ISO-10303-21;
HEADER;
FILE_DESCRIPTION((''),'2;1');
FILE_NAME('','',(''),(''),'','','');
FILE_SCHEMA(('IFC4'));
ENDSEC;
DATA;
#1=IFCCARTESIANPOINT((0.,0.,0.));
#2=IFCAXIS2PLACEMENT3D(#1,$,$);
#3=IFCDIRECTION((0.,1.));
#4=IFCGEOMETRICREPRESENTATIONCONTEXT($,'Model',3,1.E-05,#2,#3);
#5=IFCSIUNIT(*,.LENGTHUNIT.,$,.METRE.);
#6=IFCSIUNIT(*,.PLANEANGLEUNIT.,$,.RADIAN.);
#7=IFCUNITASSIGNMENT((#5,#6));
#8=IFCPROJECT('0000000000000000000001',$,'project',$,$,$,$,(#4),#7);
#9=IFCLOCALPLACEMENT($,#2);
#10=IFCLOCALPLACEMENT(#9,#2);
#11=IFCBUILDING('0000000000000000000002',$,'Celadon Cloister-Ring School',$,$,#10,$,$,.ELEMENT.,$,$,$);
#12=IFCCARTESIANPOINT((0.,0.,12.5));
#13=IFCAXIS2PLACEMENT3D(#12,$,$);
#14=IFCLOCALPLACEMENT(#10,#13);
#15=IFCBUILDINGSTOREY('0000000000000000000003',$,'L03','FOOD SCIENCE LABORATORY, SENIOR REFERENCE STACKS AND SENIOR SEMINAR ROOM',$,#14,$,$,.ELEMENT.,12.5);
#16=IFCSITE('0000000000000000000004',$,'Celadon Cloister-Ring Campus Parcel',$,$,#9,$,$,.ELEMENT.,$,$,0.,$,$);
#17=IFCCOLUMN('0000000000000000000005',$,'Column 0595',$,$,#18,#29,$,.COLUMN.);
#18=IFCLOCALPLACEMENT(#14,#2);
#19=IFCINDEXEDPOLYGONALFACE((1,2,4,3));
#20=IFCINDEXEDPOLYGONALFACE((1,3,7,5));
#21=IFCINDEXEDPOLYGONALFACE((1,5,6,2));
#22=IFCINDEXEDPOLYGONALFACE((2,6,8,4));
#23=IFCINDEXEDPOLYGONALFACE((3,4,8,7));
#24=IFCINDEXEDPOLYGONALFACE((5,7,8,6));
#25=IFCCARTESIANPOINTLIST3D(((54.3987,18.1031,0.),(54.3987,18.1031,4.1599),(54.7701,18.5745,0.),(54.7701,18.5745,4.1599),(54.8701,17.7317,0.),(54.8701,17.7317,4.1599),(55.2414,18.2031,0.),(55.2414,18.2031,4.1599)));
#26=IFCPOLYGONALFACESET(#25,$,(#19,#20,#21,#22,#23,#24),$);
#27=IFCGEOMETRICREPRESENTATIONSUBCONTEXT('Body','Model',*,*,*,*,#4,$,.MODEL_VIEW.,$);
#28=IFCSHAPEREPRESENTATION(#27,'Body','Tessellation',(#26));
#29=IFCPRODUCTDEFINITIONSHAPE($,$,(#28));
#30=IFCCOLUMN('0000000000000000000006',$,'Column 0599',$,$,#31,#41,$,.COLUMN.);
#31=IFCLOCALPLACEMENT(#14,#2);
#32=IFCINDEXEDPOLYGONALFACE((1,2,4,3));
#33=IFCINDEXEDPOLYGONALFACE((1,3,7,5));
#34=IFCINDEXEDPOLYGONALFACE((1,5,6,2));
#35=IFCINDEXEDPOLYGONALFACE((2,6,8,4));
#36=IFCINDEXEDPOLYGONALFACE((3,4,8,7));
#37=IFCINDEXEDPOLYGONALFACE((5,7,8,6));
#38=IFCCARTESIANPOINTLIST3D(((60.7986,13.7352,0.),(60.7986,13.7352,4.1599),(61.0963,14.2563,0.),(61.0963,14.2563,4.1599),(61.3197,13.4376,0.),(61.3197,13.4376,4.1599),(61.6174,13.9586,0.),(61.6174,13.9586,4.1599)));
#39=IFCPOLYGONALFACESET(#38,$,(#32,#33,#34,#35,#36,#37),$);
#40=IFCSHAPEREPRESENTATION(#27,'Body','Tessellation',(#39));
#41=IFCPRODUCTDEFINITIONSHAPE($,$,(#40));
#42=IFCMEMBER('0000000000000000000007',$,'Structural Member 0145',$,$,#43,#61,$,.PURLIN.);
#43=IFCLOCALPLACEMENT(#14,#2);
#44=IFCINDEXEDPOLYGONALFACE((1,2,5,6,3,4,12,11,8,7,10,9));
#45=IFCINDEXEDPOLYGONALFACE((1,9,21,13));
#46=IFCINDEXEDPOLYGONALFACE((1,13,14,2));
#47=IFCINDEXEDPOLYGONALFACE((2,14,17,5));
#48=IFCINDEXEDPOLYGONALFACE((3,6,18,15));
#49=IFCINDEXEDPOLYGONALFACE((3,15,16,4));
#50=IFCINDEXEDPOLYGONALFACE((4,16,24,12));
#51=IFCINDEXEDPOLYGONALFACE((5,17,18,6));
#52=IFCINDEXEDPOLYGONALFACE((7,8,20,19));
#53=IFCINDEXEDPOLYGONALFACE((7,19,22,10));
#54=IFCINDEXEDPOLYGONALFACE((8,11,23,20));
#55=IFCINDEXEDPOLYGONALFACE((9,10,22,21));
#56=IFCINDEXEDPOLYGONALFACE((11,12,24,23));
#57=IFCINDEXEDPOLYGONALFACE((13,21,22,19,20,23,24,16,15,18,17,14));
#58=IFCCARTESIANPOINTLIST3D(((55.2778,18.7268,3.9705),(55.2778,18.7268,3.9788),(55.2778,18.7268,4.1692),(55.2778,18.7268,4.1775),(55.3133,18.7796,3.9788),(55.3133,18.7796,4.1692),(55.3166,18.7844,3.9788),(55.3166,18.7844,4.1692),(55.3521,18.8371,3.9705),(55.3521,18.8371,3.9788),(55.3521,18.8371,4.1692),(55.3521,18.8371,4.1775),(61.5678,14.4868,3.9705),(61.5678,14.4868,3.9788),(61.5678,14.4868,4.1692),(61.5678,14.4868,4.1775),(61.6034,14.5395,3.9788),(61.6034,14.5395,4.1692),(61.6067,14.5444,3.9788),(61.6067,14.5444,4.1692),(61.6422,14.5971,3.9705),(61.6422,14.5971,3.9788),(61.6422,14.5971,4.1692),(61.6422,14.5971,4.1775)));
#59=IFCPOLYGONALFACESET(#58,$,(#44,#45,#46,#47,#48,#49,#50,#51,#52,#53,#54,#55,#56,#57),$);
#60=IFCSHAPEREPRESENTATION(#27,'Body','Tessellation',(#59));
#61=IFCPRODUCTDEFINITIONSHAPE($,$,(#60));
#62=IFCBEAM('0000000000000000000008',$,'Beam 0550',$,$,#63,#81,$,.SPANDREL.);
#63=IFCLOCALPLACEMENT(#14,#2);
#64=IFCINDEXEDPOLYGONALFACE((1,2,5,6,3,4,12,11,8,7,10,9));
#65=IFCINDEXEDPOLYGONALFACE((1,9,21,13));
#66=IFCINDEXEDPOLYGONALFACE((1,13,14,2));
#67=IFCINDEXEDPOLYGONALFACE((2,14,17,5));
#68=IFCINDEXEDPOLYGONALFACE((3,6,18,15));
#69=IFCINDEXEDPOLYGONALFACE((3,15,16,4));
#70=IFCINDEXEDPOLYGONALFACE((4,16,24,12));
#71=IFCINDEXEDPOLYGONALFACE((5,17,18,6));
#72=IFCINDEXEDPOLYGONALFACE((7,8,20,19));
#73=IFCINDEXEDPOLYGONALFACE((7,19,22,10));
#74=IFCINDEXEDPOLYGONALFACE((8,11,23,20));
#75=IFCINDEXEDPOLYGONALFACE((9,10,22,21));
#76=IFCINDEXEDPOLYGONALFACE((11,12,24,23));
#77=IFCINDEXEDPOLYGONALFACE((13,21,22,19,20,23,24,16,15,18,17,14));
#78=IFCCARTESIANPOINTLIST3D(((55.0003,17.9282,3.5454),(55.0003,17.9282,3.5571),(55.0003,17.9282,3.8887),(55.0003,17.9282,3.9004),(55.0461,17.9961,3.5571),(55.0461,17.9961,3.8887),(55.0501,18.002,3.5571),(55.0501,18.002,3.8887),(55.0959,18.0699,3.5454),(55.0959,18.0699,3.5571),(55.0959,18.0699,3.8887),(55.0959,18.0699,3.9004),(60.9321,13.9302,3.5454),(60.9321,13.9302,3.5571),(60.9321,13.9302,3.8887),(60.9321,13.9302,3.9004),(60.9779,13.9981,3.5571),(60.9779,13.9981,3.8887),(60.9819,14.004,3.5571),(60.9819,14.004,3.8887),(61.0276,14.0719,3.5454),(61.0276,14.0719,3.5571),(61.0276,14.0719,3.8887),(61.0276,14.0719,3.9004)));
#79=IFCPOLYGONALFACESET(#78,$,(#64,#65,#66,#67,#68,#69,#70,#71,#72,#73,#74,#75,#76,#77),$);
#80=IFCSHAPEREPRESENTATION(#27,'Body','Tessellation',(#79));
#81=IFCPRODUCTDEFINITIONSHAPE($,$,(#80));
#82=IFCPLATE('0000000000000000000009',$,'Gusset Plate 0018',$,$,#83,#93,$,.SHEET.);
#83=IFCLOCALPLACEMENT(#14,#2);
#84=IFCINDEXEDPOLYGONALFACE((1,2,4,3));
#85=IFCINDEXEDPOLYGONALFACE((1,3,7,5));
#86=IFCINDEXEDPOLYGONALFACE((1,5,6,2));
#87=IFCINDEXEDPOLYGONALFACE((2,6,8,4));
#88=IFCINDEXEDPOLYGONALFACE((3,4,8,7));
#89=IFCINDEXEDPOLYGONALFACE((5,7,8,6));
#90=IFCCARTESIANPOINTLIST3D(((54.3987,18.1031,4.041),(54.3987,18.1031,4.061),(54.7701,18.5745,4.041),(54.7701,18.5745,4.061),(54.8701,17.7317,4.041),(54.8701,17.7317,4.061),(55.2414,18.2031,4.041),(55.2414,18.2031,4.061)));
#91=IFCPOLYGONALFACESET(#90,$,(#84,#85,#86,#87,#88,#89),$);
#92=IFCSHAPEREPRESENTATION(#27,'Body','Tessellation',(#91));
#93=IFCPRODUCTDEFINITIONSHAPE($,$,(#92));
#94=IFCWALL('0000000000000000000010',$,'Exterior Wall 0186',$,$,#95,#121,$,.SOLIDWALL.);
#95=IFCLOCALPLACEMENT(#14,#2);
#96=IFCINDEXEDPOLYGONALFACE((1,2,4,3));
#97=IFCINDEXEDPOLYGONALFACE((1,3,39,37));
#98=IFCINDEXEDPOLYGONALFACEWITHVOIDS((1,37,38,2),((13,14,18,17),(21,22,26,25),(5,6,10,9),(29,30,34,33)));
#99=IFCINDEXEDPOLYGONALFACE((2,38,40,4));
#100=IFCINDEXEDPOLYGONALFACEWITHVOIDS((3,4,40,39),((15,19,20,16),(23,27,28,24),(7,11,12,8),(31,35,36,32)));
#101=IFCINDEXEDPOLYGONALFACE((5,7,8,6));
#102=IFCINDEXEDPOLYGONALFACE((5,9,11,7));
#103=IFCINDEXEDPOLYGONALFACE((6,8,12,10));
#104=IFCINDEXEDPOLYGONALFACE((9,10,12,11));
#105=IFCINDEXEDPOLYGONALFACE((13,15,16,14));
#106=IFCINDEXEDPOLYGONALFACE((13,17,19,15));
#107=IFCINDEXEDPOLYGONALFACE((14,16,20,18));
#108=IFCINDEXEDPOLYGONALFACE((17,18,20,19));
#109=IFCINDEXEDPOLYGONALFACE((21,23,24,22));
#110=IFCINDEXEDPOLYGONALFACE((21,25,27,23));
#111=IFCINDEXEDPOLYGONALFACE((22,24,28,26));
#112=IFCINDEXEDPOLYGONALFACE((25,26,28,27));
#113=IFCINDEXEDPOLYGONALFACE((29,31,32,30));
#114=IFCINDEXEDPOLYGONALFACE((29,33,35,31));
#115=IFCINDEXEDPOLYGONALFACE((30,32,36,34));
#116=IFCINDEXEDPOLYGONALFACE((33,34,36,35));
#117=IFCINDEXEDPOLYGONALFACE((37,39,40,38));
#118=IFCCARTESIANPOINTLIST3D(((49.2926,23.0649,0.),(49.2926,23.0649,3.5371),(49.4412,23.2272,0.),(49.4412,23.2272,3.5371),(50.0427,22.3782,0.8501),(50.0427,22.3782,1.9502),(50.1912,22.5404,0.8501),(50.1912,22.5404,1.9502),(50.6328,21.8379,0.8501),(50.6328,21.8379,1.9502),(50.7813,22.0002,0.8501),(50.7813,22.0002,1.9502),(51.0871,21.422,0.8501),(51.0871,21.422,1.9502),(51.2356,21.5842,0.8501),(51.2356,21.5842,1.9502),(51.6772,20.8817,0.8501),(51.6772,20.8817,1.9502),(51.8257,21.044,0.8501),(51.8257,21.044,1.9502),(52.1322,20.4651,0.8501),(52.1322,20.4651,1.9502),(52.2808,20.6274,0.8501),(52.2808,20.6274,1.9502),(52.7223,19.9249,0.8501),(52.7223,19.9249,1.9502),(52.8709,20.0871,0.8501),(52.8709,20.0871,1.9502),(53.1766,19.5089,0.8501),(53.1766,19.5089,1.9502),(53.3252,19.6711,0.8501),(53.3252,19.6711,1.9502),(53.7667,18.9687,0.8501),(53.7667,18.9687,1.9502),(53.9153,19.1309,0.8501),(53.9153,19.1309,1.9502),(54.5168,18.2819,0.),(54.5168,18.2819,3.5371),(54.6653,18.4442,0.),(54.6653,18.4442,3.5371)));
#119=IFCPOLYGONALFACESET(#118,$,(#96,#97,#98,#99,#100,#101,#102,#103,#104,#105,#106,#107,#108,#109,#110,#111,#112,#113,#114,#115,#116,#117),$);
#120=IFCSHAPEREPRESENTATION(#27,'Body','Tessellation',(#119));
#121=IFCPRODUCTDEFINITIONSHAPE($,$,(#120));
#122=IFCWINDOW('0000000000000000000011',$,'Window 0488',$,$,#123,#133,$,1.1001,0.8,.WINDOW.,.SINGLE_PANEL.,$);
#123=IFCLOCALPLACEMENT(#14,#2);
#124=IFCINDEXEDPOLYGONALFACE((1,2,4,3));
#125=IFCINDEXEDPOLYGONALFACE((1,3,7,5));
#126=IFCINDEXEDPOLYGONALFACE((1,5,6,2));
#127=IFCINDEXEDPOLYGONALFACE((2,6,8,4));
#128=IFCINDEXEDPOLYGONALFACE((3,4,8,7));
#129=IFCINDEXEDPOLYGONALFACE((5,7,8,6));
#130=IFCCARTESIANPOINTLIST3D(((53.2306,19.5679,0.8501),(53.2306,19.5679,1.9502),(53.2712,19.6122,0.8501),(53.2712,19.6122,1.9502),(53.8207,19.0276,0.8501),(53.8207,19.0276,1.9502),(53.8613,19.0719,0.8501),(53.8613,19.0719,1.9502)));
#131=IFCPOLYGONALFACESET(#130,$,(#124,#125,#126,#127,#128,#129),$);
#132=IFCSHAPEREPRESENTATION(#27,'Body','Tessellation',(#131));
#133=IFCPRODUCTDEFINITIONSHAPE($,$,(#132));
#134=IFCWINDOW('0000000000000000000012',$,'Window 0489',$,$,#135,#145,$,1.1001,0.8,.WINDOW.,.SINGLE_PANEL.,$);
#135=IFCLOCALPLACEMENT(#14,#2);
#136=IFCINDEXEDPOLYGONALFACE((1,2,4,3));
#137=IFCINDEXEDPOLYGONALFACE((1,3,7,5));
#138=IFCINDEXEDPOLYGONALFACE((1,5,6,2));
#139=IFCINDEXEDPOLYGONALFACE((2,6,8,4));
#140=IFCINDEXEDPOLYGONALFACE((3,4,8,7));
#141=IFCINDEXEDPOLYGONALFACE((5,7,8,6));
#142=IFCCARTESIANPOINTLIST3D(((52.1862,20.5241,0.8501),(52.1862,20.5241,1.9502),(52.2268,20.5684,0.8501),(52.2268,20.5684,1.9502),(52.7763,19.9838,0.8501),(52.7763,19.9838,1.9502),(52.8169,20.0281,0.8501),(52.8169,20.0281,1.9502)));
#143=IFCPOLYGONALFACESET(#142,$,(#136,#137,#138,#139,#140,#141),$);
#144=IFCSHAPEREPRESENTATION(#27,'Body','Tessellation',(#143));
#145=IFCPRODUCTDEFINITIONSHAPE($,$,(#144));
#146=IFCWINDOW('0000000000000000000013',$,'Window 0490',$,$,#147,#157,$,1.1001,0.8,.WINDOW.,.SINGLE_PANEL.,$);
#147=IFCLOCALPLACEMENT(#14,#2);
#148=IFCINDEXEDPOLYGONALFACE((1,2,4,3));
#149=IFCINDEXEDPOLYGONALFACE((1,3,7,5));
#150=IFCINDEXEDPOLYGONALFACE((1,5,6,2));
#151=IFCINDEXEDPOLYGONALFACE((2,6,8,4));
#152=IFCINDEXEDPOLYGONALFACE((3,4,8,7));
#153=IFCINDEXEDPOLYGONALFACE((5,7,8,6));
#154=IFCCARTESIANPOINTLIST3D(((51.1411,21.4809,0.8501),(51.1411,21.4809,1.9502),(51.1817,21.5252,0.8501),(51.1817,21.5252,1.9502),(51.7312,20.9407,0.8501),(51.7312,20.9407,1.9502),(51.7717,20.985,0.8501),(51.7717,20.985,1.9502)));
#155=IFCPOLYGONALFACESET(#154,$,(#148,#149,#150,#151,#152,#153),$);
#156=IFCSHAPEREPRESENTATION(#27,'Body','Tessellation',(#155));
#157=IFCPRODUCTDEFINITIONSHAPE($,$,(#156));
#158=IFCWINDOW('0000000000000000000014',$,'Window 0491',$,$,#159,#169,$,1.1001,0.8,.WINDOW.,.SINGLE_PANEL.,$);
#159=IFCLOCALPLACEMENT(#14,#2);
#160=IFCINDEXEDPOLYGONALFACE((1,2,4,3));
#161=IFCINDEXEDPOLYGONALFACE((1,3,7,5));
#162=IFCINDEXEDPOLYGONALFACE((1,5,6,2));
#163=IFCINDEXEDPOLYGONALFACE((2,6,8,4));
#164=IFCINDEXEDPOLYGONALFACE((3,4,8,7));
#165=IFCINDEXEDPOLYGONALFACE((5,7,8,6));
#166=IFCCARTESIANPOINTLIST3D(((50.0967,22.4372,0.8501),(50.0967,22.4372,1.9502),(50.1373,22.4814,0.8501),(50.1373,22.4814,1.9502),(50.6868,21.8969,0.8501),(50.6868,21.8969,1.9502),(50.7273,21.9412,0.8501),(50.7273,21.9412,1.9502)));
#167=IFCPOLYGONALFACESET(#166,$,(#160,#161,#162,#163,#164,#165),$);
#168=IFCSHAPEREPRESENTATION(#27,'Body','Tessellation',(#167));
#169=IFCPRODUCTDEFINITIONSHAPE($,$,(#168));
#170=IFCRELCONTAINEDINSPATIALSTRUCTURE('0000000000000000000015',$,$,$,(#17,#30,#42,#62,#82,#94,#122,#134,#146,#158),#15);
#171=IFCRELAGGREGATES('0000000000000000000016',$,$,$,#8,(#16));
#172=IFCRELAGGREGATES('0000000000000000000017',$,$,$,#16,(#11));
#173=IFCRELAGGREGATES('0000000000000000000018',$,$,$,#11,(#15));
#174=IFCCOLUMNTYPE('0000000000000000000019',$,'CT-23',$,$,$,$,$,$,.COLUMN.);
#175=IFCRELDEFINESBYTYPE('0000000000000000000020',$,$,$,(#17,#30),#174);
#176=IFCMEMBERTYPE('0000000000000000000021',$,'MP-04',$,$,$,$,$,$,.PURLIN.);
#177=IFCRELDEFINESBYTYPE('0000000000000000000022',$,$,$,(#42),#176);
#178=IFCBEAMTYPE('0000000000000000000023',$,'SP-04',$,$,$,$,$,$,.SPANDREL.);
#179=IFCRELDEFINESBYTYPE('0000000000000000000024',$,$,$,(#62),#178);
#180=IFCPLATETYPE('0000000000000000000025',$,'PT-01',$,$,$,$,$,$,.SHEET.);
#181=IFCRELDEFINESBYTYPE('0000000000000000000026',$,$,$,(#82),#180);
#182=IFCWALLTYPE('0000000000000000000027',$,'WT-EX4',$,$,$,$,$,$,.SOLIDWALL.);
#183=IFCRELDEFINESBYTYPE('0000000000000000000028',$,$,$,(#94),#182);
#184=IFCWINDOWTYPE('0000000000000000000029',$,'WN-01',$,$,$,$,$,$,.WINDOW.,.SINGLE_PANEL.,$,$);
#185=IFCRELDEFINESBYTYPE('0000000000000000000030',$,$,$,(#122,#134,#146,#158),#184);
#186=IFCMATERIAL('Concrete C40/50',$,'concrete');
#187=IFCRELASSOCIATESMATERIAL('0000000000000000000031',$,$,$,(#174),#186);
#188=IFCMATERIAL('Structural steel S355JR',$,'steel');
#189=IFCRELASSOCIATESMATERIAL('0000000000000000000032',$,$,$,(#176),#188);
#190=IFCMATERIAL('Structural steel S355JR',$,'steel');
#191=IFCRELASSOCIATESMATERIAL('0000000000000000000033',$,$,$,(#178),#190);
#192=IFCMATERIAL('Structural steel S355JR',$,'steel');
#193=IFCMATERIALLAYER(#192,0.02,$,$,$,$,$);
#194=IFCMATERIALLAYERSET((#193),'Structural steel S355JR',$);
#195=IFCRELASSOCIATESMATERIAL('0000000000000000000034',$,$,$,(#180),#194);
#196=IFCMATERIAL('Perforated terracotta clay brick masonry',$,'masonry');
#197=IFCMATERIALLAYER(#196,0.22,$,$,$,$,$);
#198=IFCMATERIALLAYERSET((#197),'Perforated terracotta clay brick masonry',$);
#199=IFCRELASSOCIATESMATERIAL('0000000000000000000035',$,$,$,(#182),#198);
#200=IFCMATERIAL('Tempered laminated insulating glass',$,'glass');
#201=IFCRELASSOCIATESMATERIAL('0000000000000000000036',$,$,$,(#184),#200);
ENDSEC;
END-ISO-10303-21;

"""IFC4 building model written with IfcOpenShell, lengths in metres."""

from ifc_helpers import new_model, si_unit, direction, frame, frame_2d, origin, origin_2d, place, context, subcontext, project, spatial, rectangle, i_section, extrude, material, layer, layer_set, material_profile, profile_set, type_object, element, fill, save


model = new_model("IFC4")

# Units and contexts
model_context = context("Model", 3, precision=1e-05, world=origin(), true_north=direction((0.0, 1.0)))
body_context = subcontext(model_context, "Body", "Model", "MODEL_VIEW")
ifc_project = project(units=[si_unit("LENGTHUNIT", "METRE"), si_unit("PLANEANGLEUNIT", "RADIAN")], contexts=[model_context])

# Site, building, storey
site_placement = place(None, origin())
site = spatial("IfcSite", under=ifc_project, at=site_placement, Name="Celadon Cloister-Ring Campus Parcel", CompositionType="ELEMENT", RefElevation=0.0)
building_placement = place(site_placement, origin())
building = spatial("IfcBuilding", under=site, at=building_placement, Name="Celadon Cloister-Ring School", CompositionType="ELEMENT")
storey_placement = place(building_placement, frame((0.0, 0.0, 12.5)))
storey = spatial("IfcBuildingStorey", under=building, at=storey_placement, Name="L03", Description="FOOD SCIENCE LABORATORY, SENIOR REFERENCE STACKS AND SENIOR SEMINAR ROOM", CompositionType="ELEMENT", Elevation=12.5)

# Columns
ifc_material_1 = material(Name="Concrete C40/50", Category="concrete")
ifc_material_profile_1 = material_profile(ifc_material_1, rectangle(XDim=0.6001, YDim=0.6001, at=origin_2d()), Name="RC600X600")
ifc_profile_set_1 = profile_set([ifc_material_profile_1], Name="Concrete C40/50")
column_type = type_object("IfcColumnType", Name="CT-23", PredefinedType="COLUMN", material=ifc_profile_set_1)
for number, where, z_axis, x_axis, name in (
    (1, (54.8201, 18.1531, 0.0), (0.0, 0.0, 1.0), (-0.618847, -0.785511, 0.0), "Column 0595"),
    (2, (61.208, 13.8469, 0.0), (0.0, 0.0, 1.0), (-0.496004, -0.86832, 0.0), "Column 0599"),
):
    element("IfcColumn", number, at=place(storey_placement, frame(where, z_axis=z_axis, x_axis=x_axis)), inside=storey, type_object=column_type, Name=name, PredefinedType="COLUMN", context=body_context, shape_type="SweptSolid", body=[
        extrude(rectangle(XDim=0.6001, YDim=0.6001, at=origin_2d()), origin(), (0.0, 0.0, 1.0), 4.1599),
    ])

# Member
ifc_material_2 = material(Name="Structural steel S355JR", Category="steel")
ifc_material_profile_2 = material_profile(ifc_material_2, i_section(OverallWidth=0.1331, OverallDepth=0.207, WebThickness=0.0059, FlangeThickness=0.0083, at=origin_2d()), Name="W200X27")
ifc_profile_set_2 = profile_set([ifc_material_profile_2], Name="Structural steel S355JR")
member_type = type_object("IfcMemberType", Name="MP-04", PredefinedType="PURLIN", material=ifc_profile_set_2)
member_placement = place(storey_placement, frame((55.3149, 18.782, 4.074), z_axis=(0.829202, -0.558949, 0.0), x_axis=(0.558949, 0.829202, 0.0)))
element("IfcMember", 3, at=member_placement, inside=storey, type_object=member_type, Name="Structural Member 0145", PredefinedType="PURLIN", context=body_context, shape_type="SweptSolid", body=[
    extrude(i_section(OverallWidth=0.1331, OverallDepth=0.207, WebThickness=0.0059, FlangeThickness=0.0083, at=origin_2d()), origin(), (0.0, 0.0, 1.0), 7.5857),
])

# Beam
ifc_material_3 = material(Name="Structural steel S355JR", Category="steel")
ifc_material_profile_3 = material_profile(ifc_material_3, i_section(OverallWidth=0.1709, OverallDepth=0.355, WebThickness=0.0071, FlangeThickness=0.0117, at=origin_2d()), Name="W360X51")
ifc_profile_set_3 = profile_set([ifc_material_profile_3], Name="Structural steel S355JR")
beam_type = type_object("IfcBeamType", Name="SP-04", PredefinedType="SPANDREL", material=ifc_profile_set_3)
beam_placement = place(storey_placement, frame((55.0481, 17.999, 3.7229), z_axis=(0.829236, -0.558899, 0.0), x_axis=(0.558899, 0.829236, 0.0)))
element("IfcBeam", 4, at=beam_placement, inside=storey, type_object=beam_type, Name="Beam 0550", PredefinedType="SPANDREL", context=body_context, shape_type="SweptSolid", body=[
    extrude(i_section(OverallWidth=0.1709, OverallDepth=0.355, WebThickness=0.0071, FlangeThickness=0.0117, at=origin_2d()), origin(), (0.0, 0.0, 1.0), 7.1533),
])

# Plate
ifc_material_4 = material(Name="Structural steel S355JR", Category="steel")
ifc_layer_1 = layer(ifc_material_4, 0.02)
ifc_layer_set_1 = layer_set([ifc_layer_1], Name="Structural steel S355JR")
plate_type = type_object("IfcPlateType", Name="PT-01", PredefinedType="SHEET", material=ifc_layer_set_1)
plate_placement = place(storey_placement, frame((54.8201, 18.1531, 4.041), z_axis=(0.0, 0.0, 1.0), x_axis=(-0.618847, -0.785511, 0.0)))
element("IfcPlate", 5, at=plate_placement, inside=storey, type_object=plate_type, Name="Gusset Plate 0018", PredefinedType="SHEET", context=body_context, shape_type="SweptSolid", body=[
    extrude(rectangle(XDim=0.6001, YDim=0.6001, at=origin_2d()), origin(), (0.0, 0.0, 1.0), 0.02),
])

# Wall, openings, windows
ifc_material_5 = material(Name="Perforated terracotta clay brick masonry", Category="masonry")
ifc_layer_2 = layer(ifc_material_5, 0.22)
ifc_layer_set_2 = layer_set([ifc_layer_2], Name="Perforated terracotta clay brick masonry")
wall_type = type_object("IfcWallType", Name="WT-EX4", PredefinedType="SOLIDWALL", material=ifc_layer_set_2)
wall_1_placement = place(storey_placement, frame((54.5911, 18.363, 0.0), z_axis=(0.0, 0.0, 1.0), x_axis=(-0.737563, 0.675278, 0.0)))
wall_1 = element("IfcWall", 6, at=wall_1_placement, inside=storey, type_object=wall_type, Name="Exterior Wall 0186", PredefinedType="SOLIDWALL", context=body_context, shape_type="SweptSolid", body=[
    extrude(rectangle(XDim=7.083, YDim=0.22, at=frame_2d((3.5415, 0.0))), origin(), (0.0, 0.0, 1.0), 3.5371),
])
opening_1_placement = place(wall_1_placement, frame((1.0171, 0.0, 0.8501)))
opening_1 = element("IfcOpeningElement", 7, at=opening_1_placement, cuts=wall_1, PredefinedType="OPENING", context=body_context, shape_type="SweptSolid", body=[
    extrude(rectangle(XDim=0.8, YDim=1.1001, at=frame_2d((0.3999, 0.55))), frame((0.0, 0.1201, 0.0), z_axis=(0.0, -1.0, 0.0), x_axis=(1.0, 0.0, 0.0)), (0.0, 0.0, 1.0), 0.24),
])
opening_2_placement = place(wall_1_placement, frame((2.4331, 0.0, 0.8501)))
opening_2 = element("IfcOpeningElement", 8, at=opening_2_placement, cuts=wall_1, PredefinedType="OPENING", context=body_context, shape_type="SweptSolid", body=[
    extrude(rectangle(XDim=0.8, YDim=1.1001, at=frame_2d((0.3999, 0.55))), frame((0.0, 0.1201, 0.0), z_axis=(0.0, -1.0, 0.0), x_axis=(1.0, 0.0, 0.0)), (0.0, 0.0, 1.0), 0.24),
])
opening_3_placement = place(wall_1_placement, frame((3.8501, 0.0, 0.8501)))
opening_3 = element("IfcOpeningElement", 9, at=opening_3_placement, cuts=wall_1, PredefinedType="OPENING", context=body_context, shape_type="SweptSolid", body=[
    extrude(rectangle(XDim=0.8, YDim=1.1001, at=frame_2d((0.3999, 0.55))), frame((0.0, 0.1201, 0.0), z_axis=(0.0, -1.0, 0.0), x_axis=(1.0, 0.0, 0.0)), (0.0, 0.0, 1.0), 0.24),
])
opening_4_placement = place(wall_1_placement, frame((5.2661, 0.0, 0.8501)))
opening_4 = element("IfcOpeningElement", 10, at=opening_4_placement, cuts=wall_1, PredefinedType="OPENING", context=body_context, shape_type="SweptSolid", body=[
    extrude(rectangle(XDim=0.8, YDim=1.1001, at=frame_2d((0.3999, 0.55))), frame((0.0, 0.1201, 0.0), z_axis=(0.0, -1.0, 0.0), x_axis=(1.0, 0.0, 0.0)), (0.0, 0.0, 1.0), 0.24),
])
ifc_material_6 = material(Name="Tempered laminated insulating glass", Category="glass")
window_type = type_object("IfcWindowType", Name="WN-01", PartitioningType="SINGLE_PANEL", PredefinedType="WINDOW", material=ifc_material_6)
window_1_placement = place(opening_1_placement, origin())
window_1 = element("IfcWindow", 11, at=window_1_placement, inside=storey, type_object=window_type, Name="Window 0488", OverallHeight=1.1001, OverallWidth=0.8, PartitioningType="SINGLE_PANEL", PredefinedType="WINDOW", context=body_context, shape_type="SweptSolid", body=[
    extrude(rectangle(XDim=0.8, YDim=1.1001, at=frame_2d((0.3999, 0.55))), frame((0.0, 0.03, 0.0), z_axis=(0.0, -1.0, 0.0), x_axis=(1.0, 0.0, 0.0)), (0.0, 0.0, 1.0), 0.0601),
])
fill(opening_1, window_1)
window_2_placement = place(opening_2_placement, origin())
window_2 = element("IfcWindow", 12, at=window_2_placement, inside=storey, type_object=window_type, Name="Window 0489", OverallHeight=1.1001, OverallWidth=0.8, PartitioningType="SINGLE_PANEL", PredefinedType="WINDOW", context=body_context, shape_type="SweptSolid", body=[
    extrude(rectangle(XDim=0.8, YDim=1.1001, at=frame_2d((0.3999, 0.55))), frame((0.0, 0.03, 0.0), z_axis=(0.0, -1.0, 0.0), x_axis=(1.0, 0.0, 0.0)), (0.0, 0.0, 1.0), 0.0601),
])
fill(opening_2, window_2)
window_3_placement = place(opening_3_placement, origin())
window_3 = element("IfcWindow", 13, at=window_3_placement, inside=storey, type_object=window_type, Name="Window 0490", OverallHeight=1.1001, OverallWidth=0.8, PartitioningType="SINGLE_PANEL", PredefinedType="WINDOW", context=body_context, shape_type="SweptSolid", body=[
    extrude(rectangle(XDim=0.8, YDim=1.1001, at=frame_2d((0.3999, 0.55))), frame((0.0, 0.03, 0.0), z_axis=(0.0, -1.0, 0.0), x_axis=(1.0, 0.0, 0.0)), (0.0, 0.0, 1.0), 0.0601),
])
fill(opening_3, window_3)
window_4_placement = place(opening_4_placement, origin())
window_4 = element("IfcWindow", 14, at=window_4_placement, inside=storey, type_object=window_type, Name="Window 0491", OverallHeight=1.1001, OverallWidth=0.8, PartitioningType="SINGLE_PANEL", PredefinedType="WINDOW", context=body_context, shape_type="SweptSolid", body=[
    extrude(rectangle(XDim=0.8, YDim=1.1001, at=frame_2d((0.3999, 0.55))), frame((0.0, 0.03, 0.0), z_axis=(0.0, -1.0, 0.0), x_axis=(1.0, 0.0, 0.0)), (0.0, 0.0, 1.0), 0.0601),
])
fill(opening_4, window_4)

save(model, "model.ifc")
